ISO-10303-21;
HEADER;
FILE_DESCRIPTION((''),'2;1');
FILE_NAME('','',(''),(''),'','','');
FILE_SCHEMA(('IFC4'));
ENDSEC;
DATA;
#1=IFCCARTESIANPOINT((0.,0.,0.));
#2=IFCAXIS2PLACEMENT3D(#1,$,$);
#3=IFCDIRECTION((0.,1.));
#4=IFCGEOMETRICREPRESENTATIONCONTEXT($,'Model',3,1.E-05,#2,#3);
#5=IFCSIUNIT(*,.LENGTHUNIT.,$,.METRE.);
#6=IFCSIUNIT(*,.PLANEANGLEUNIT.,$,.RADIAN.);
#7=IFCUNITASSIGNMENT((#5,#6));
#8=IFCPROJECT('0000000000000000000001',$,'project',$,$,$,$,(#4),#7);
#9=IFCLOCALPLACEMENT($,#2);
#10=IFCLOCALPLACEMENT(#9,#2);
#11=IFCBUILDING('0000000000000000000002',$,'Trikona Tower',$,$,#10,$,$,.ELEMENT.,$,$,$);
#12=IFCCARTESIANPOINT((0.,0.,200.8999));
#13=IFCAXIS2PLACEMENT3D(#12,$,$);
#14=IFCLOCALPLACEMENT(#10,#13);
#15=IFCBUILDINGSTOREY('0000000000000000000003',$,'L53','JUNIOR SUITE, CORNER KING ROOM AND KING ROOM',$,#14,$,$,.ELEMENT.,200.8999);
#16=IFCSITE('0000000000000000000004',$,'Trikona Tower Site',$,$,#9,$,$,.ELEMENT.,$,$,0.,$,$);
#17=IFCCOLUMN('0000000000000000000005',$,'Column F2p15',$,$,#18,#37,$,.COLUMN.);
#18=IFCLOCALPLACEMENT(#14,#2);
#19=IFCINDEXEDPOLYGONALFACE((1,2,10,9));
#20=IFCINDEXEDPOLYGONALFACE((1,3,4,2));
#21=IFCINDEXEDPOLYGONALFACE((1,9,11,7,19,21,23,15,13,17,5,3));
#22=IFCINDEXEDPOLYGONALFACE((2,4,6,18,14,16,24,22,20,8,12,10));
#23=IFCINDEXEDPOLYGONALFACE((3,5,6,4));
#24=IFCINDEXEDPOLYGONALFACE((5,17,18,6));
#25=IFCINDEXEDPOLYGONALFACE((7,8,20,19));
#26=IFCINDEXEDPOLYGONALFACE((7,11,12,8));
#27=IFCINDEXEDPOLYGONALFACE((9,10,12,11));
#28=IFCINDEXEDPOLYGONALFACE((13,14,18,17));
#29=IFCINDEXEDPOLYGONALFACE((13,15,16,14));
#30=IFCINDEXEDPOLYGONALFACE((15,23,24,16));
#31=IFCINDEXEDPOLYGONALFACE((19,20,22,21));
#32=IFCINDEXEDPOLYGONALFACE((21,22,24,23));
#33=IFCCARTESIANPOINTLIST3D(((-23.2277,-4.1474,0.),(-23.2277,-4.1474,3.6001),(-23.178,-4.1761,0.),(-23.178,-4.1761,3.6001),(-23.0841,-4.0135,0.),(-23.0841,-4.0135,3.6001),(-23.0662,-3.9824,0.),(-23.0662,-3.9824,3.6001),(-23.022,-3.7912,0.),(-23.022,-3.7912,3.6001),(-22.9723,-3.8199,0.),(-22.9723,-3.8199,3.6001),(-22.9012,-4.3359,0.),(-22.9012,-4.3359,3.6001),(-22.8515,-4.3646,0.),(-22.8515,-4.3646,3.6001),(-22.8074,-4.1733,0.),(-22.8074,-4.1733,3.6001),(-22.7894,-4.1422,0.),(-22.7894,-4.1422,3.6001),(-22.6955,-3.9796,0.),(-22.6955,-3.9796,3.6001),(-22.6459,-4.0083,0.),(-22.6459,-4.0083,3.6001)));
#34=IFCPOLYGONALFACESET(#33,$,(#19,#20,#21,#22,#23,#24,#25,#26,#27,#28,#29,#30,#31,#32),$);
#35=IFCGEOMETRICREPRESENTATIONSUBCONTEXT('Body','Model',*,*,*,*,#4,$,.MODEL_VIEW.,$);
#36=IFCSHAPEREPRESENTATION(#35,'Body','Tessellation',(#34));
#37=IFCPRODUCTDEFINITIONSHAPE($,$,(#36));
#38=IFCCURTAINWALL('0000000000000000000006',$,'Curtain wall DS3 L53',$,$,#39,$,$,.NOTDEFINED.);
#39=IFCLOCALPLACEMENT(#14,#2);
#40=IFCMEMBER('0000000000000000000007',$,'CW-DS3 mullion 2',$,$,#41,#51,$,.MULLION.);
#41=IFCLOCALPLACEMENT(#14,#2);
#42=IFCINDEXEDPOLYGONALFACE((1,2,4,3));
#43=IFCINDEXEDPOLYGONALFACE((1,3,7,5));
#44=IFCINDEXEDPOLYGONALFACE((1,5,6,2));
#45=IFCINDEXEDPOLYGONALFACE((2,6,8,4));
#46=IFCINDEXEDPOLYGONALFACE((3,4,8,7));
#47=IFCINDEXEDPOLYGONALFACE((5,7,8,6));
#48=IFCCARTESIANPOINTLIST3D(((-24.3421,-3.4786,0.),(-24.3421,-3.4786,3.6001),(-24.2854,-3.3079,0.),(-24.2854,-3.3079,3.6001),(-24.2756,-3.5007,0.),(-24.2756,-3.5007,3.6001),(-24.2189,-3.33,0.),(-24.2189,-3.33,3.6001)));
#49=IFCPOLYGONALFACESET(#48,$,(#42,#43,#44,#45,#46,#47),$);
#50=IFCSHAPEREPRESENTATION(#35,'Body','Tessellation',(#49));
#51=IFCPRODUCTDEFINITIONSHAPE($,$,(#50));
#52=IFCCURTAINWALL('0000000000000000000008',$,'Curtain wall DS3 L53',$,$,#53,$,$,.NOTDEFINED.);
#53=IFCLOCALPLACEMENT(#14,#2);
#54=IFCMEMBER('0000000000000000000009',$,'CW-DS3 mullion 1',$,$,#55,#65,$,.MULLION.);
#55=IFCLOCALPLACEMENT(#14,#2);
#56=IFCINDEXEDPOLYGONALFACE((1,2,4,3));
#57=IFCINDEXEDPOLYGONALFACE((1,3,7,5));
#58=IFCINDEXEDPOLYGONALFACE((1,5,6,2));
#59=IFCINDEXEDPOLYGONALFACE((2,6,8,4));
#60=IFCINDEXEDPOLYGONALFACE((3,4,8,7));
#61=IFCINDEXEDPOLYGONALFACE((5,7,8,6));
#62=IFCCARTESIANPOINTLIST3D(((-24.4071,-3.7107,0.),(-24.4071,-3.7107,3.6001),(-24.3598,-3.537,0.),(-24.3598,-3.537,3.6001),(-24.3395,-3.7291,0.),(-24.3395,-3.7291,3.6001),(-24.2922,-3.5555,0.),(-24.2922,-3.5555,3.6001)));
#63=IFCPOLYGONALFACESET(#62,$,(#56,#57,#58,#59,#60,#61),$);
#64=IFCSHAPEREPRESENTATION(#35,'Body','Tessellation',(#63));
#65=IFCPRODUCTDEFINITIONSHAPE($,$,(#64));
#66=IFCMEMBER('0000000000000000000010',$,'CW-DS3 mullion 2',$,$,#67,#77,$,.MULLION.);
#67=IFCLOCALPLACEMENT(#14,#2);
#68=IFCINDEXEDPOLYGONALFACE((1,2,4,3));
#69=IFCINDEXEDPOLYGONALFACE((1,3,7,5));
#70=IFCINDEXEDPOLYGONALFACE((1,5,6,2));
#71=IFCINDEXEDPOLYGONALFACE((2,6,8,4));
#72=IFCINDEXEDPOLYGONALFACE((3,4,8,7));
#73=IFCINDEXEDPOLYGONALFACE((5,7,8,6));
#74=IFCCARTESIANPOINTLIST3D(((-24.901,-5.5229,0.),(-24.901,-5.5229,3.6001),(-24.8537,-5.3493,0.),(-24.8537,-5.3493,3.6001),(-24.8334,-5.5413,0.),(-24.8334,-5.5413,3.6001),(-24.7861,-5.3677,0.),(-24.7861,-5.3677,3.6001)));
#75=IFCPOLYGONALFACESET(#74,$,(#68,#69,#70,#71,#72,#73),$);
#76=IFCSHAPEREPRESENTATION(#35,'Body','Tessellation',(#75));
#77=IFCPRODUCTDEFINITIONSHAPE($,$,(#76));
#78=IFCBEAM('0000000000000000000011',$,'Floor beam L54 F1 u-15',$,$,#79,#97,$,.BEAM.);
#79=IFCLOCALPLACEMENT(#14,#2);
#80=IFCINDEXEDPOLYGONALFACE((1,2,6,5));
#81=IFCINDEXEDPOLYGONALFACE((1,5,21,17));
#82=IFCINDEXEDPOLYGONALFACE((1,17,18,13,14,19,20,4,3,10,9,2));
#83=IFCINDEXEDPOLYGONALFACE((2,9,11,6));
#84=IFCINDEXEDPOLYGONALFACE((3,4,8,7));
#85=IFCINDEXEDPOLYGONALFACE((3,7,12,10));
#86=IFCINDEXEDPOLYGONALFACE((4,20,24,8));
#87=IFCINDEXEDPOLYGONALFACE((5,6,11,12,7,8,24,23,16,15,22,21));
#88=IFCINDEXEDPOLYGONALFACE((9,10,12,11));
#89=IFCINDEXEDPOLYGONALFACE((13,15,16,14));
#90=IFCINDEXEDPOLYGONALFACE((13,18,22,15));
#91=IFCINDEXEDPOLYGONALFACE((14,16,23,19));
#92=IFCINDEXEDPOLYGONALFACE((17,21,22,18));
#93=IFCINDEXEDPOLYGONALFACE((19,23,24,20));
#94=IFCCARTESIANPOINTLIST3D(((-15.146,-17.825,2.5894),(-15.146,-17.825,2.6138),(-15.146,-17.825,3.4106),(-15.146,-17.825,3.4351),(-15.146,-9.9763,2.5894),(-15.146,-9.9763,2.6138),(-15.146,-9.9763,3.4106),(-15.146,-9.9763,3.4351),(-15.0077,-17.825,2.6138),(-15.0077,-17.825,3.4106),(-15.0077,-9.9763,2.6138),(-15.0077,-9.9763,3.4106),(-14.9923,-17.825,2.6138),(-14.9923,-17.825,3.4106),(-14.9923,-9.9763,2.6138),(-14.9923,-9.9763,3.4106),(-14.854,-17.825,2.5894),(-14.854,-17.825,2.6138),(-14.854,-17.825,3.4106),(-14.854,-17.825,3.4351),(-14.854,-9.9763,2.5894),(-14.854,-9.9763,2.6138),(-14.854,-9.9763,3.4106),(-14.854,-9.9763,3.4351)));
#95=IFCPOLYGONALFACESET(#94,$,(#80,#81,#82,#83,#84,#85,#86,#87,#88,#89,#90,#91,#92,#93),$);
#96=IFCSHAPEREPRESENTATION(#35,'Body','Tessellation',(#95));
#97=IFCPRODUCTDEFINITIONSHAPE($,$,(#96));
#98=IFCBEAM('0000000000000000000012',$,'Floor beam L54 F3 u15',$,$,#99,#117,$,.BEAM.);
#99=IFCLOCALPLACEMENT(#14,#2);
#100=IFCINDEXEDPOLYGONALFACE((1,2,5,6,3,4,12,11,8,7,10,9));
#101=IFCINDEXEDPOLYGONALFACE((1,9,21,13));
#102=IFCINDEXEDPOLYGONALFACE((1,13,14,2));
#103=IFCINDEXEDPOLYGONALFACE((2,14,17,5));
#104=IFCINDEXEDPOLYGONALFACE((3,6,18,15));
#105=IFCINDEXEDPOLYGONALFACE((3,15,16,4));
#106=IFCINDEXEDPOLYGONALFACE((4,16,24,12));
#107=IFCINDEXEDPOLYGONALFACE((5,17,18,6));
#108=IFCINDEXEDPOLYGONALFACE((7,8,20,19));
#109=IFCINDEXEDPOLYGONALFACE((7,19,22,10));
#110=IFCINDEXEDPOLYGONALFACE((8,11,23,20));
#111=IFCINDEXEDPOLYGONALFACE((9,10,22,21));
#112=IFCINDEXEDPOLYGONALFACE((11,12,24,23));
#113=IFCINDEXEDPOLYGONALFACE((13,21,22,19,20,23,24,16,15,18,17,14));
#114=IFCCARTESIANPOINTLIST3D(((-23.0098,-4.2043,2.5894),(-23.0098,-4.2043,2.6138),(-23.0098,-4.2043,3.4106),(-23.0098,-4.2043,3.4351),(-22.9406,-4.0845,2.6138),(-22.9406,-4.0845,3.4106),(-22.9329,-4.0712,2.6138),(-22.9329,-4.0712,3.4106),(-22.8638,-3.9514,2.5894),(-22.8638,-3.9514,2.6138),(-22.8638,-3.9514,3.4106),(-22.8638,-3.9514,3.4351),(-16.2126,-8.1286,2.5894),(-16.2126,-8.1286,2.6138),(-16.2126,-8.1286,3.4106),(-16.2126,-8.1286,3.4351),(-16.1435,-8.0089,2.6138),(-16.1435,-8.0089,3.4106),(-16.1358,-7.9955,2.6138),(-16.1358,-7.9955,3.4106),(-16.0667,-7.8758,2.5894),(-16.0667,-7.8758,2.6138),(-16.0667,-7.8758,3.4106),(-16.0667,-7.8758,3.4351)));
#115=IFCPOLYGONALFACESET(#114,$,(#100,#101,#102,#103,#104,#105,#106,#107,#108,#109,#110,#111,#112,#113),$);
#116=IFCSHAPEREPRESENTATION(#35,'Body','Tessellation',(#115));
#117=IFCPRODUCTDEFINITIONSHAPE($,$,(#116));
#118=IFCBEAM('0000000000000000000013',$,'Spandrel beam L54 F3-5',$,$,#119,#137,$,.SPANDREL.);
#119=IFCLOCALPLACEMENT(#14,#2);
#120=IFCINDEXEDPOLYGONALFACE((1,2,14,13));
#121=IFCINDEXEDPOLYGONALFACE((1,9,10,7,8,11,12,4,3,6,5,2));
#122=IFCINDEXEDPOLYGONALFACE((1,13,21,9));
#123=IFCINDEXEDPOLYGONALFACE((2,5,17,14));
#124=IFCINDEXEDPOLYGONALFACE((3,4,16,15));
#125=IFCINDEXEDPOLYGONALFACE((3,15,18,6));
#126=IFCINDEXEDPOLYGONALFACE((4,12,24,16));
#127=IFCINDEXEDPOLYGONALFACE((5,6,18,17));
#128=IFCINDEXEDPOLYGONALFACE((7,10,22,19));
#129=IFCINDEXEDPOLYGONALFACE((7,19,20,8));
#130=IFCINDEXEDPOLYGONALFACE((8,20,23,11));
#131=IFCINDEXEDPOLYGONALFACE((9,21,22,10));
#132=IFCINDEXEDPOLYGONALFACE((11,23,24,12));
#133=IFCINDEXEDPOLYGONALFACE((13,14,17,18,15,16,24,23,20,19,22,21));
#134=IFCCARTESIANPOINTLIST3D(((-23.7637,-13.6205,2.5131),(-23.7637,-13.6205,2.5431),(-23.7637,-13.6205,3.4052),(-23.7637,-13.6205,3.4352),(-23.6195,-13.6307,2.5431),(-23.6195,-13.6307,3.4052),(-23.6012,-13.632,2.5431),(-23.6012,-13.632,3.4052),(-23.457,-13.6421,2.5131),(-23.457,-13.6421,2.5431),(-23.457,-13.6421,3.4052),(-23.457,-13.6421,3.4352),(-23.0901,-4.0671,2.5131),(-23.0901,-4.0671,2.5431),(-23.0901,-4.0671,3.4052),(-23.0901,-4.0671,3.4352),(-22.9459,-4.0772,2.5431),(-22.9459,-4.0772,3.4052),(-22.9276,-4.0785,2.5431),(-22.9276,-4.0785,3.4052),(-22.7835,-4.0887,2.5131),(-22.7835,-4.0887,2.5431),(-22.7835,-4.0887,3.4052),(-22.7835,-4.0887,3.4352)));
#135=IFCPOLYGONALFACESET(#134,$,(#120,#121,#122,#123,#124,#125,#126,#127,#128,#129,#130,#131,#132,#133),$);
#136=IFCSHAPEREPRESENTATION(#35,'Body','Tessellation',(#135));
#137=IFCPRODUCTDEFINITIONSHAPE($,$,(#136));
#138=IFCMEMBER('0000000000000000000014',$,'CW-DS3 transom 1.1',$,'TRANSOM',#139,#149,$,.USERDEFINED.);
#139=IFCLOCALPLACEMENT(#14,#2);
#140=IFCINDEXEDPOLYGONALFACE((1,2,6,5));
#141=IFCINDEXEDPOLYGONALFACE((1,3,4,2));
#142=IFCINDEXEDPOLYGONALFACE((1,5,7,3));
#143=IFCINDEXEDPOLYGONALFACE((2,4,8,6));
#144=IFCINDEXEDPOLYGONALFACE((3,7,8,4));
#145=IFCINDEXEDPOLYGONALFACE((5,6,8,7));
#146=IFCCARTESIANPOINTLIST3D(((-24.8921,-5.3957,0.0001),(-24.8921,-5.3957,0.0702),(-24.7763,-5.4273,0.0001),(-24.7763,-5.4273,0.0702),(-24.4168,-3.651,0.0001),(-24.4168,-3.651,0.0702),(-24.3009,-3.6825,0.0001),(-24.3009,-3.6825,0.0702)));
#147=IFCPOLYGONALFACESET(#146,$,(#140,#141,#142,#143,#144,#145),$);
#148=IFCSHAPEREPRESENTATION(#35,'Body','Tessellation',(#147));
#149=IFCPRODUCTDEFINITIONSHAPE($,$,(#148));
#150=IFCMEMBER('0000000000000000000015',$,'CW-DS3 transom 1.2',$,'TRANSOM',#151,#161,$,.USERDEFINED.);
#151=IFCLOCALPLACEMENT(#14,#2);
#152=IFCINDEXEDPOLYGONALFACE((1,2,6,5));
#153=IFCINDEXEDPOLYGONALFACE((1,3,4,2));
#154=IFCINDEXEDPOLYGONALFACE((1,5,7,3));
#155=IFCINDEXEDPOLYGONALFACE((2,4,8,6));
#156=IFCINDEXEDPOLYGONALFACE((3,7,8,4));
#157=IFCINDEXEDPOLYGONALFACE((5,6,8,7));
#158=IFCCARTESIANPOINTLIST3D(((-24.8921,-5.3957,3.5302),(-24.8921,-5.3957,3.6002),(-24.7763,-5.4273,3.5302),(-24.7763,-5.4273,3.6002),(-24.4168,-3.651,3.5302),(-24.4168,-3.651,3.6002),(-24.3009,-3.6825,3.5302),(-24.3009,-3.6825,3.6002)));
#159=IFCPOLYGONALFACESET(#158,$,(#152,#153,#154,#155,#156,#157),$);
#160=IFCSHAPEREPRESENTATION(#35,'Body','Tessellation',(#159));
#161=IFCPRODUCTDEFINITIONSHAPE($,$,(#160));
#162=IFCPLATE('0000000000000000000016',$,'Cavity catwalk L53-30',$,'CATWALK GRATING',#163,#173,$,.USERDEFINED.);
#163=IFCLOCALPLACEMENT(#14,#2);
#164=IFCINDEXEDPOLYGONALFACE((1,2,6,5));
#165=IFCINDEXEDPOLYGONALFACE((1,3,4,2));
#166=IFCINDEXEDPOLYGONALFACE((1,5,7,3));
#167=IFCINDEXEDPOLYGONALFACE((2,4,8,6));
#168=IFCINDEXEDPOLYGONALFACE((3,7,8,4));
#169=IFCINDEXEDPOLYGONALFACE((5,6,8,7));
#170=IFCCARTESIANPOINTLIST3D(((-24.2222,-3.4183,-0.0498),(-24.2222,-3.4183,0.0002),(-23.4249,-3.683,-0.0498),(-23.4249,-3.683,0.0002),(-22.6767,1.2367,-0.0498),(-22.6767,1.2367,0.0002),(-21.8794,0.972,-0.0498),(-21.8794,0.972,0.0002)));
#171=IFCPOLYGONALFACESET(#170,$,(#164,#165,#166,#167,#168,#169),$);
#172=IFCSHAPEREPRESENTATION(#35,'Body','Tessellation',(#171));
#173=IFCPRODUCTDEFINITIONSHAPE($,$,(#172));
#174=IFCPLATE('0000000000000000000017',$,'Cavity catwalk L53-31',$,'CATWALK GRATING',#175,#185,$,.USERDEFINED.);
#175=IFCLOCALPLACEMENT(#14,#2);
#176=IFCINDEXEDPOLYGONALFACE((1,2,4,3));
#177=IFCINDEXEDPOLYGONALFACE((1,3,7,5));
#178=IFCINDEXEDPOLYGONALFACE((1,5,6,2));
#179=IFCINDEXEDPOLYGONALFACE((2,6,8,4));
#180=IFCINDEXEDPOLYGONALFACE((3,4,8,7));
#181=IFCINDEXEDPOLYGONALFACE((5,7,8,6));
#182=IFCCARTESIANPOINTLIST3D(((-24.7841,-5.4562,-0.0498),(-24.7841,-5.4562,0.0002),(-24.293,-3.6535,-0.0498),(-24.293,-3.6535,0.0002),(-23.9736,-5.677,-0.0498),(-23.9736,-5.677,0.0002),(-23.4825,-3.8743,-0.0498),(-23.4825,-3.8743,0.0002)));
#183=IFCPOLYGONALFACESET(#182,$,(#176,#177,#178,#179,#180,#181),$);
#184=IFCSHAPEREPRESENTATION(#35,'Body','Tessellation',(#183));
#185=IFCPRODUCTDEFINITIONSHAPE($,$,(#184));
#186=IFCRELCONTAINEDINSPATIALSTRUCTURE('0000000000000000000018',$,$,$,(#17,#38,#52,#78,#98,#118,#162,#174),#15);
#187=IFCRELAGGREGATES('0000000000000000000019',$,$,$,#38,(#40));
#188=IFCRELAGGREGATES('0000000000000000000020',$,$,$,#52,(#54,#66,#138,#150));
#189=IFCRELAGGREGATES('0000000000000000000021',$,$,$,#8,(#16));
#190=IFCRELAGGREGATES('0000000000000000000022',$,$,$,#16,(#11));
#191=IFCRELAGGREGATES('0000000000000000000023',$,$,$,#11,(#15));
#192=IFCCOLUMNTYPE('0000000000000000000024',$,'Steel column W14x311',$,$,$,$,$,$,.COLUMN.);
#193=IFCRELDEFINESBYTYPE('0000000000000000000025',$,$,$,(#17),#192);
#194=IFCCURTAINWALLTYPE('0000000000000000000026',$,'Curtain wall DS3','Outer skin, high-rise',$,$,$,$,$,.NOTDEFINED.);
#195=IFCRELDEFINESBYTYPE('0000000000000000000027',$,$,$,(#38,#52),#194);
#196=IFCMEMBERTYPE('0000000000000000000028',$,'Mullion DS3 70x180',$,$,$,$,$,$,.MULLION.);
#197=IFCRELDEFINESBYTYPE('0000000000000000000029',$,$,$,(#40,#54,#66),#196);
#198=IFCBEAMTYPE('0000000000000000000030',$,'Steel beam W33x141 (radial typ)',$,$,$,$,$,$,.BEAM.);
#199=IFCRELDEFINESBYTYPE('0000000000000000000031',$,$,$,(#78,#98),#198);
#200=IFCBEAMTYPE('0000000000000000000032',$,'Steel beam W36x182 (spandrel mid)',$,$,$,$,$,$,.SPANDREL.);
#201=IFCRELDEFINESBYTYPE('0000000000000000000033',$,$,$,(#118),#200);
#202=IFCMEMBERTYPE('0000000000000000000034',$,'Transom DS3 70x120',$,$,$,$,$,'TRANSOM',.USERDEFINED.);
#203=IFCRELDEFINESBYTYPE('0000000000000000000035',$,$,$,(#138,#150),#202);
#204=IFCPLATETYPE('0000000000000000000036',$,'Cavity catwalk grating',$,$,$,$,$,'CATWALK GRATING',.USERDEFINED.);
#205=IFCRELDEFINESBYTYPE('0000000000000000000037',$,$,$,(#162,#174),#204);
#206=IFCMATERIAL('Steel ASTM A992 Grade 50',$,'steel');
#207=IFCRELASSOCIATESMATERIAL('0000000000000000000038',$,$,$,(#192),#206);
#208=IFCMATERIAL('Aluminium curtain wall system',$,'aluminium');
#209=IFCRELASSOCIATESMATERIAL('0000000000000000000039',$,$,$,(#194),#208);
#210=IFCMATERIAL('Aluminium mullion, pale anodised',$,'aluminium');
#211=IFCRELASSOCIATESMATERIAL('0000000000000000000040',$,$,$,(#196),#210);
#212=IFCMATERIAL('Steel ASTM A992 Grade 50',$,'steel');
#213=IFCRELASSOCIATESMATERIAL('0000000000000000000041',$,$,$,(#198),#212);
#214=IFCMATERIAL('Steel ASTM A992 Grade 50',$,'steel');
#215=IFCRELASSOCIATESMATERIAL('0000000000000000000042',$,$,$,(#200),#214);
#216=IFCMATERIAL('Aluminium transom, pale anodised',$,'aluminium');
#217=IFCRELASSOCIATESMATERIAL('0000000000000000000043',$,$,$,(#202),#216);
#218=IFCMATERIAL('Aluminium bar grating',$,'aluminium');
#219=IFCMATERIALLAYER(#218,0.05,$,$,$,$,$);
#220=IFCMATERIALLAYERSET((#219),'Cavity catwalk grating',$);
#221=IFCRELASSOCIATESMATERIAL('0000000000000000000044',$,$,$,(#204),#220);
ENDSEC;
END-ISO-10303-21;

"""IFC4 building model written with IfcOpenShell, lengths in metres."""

from ifc_helpers import new_model, si_unit, direction, frame, origin, origin_2d, place, context, subcontext, project, spatial, rectangle, i_section, extrude, material, layer, layer_set, material_profile, profile_set, type_object, element, aggregate, save


model = new_model("IFC4")

# Units and contexts
model_context = context("Model", 3, precision=1e-05, world=origin(), true_north=direction((0.0, 1.0)))
body_context = subcontext(model_context, "Body", "Model", "MODEL_VIEW")
ifc_project = project(units=[si_unit("LENGTHUNIT", "METRE"), si_unit("PLANEANGLEUNIT", "RADIAN")], contexts=[model_context])

# Site, building, storey
site_placement = place(None, origin())
site = spatial("IfcSite", under=ifc_project, at=site_placement, Name="Trikona Tower Site", CompositionType="ELEMENT", RefElevation=0.0)
building_placement = place(site_placement, origin())
building = spatial("IfcBuilding", under=site, at=building_placement, Name="Trikona Tower", CompositionType="ELEMENT")
storey_placement = place(building_placement, frame((0.0, 0.0, 200.8999)))
storey = spatial("IfcBuildingStorey", under=building, at=storey_placement, Name="L53", Description="JUNIOR SUITE, CORNER KING ROOM AND KING ROOM", CompositionType="ELEMENT", Elevation=200.8999)

# Column
ifc_material_1 = material(Name="Steel ASTM A992 Grade 50", Category="steel")
ifc_material_profile_1 = material_profile(ifc_material_1, i_section(OverallWidth=0.4114, OverallDepth=0.4343, WebThickness=0.0359, FlangeThickness=0.0574, at=origin_2d()), Name="W14X311")
ifc_profile_set_1 = profile_set([ifc_material_profile_1], Name="Steel ASTM A992 Grade 50")
column_type = type_object("IfcColumnType", Name="Steel column W14x311", PredefinedType="COLUMN", material=ifc_profile_set_1)
column_placement = place(storey_placement, frame((-22.9368, -4.0779, 0.0), z_axis=(0.0, 0.0, 1.0), x_axis=(-0.5, -0.866025, 0.0)))
element("IfcColumn", 1, at=column_placement, inside=storey, type_object=column_type, Name="Column F2p15", PredefinedType="COLUMN", context=body_context, shape_type="SweptSolid", body=[
    extrude(i_section(OverallWidth=0.4114, OverallDepth=0.4343, WebThickness=0.0359, FlangeThickness=0.0574, at=origin_2d()), origin(), (0.0, 0.0, 1.0), 3.6001),
])

# Curtain wall, member
ifc_material_2 = material(Name="Aluminium curtain wall system", Category="aluminium")
curtain_wall_type = type_object("IfcCurtainWallType", Name="Curtain wall DS3", Description="Outer skin, high-rise", PredefinedType="NOTDEFINED", material=ifc_material_2)
curtain_wall_1_placement = place(storey_placement, origin())
curtain_wall_1 = element("IfcCurtainWall", 2, at=curtain_wall_1_placement, inside=storey, type_object=curtain_wall_type, Name="Curtain wall DS3 L53", PredefinedType="NOTDEFINED")
ifc_material_3 = material(Name="Aluminium mullion, pale anodised", Category="aluminium")
ifc_material_profile_2 = material_profile(ifc_material_3, rectangle(XDim=0.0701, YDim=0.1799, at=origin_2d()), Name="MUL-DS3")
ifc_profile_set_2 = profile_set([ifc_material_profile_2], Name="Aluminium mullion, pale anodised")
member_type_1 = type_object("IfcMemberType", Name="Mullion DS3 70x180", PredefinedType="MULLION", material=ifc_profile_set_2)
member_1_placement = place(storey_placement, frame((-24.2805, -3.4043, 0.0), z_axis=(0.0, 0.0, 1.0), x_axis=(0.949066, -0.315078, 0.0)))
member_1 = element("IfcMember", 3, at=member_1_placement, type_object=member_type_1, Name="CW-DS3 mullion 2", PredefinedType="MULLION", context=body_context, shape_type="SweptSolid", body=[
    extrude(rectangle(XDim=0.0701, YDim=0.1799, at=origin_2d()), origin(), (0.0, 0.0, 1.0), 3.6001),
])
aggregate(curtain_wall_1, [member_1])

# Curtain wall, members
curtain_wall_2_placement = place(storey_placement, origin())
curtain_wall_2 = element("IfcCurtainWall", 4, at=curtain_wall_2_placement, inside=storey, type_object=curtain_wall_type, Name="Curtain wall DS3 L53", PredefinedType="NOTDEFINED")
member_2_placement = place(storey_placement, frame((-24.3496, -3.6331, 0.0), z_axis=(0.0, 0.0, 1.0), x_axis=(0.964838, -0.262844, 0.0)))
member_2 = element("IfcMember", 5, at=member_2_placement, type_object=member_type_1, Name="CW-DS3 mullion 1", PredefinedType="MULLION", context=body_context, shape_type="SweptSolid", body=[
    extrude(rectangle(XDim=0.0701, YDim=0.1799, at=origin_2d()), origin(), (0.0, 0.0, 1.0), 3.6001),
])
member_3_placement = place(storey_placement, frame((-24.8435, -5.4453, 0.0), z_axis=(0.0, 0.0, 1.0), x_axis=(0.964838, -0.262844, 0.0)))
member_3 = element("IfcMember", 6, at=member_3_placement, type_object=member_type_1, Name="CW-DS3 mullion 2", PredefinedType="MULLION", context=body_context, shape_type="SweptSolid", body=[
    extrude(rectangle(XDim=0.0701, YDim=0.1799, at=origin_2d()), origin(), (0.0, 0.0, 1.0), 3.6001),
])

# Beams
ifc_material_4 = material(Name="Steel ASTM A992 Grade 50", Category="steel")
ifc_material_profile_3 = material_profile(ifc_material_4, i_section(OverallWidth=0.292, OverallDepth=0.8457, WebThickness=0.0154, FlangeThickness=0.0244, at=origin_2d()), Name="W33X141")
ifc_profile_set_3 = profile_set([ifc_material_profile_3], Name="Steel ASTM A992 Grade 50")
beam_type_1 = type_object("IfcBeamType", Name="Steel beam W33x141 (radial typ)", PredefinedType="BEAM", material=ifc_profile_set_3)
for number, where, z_axis, x_axis, name in (
    (7, (-15.0, -9.9763, 3.0122), (0.0, -1.0, 0.0), (1.0, 0.0, 0.0), "Floor beam L54 F1 u-15"),
    (8, (-16.1396, -8.0022, 3.0122), (-0.866026, 0.5, 0.0), (-0.5, -0.866026, 0.0), "Floor beam L54 F3 u15"),
):
    element("IfcBeam", number, at=place(storey_placement, frame(where, z_axis=z_axis, x_axis=x_axis)), inside=storey, type_object=beam_type_1, Name=name, PredefinedType="BEAM", context=body_context, shape_type="SweptSolid", body=[
        extrude(i_section(OverallWidth=0.292, OverallDepth=0.8457, WebThickness=0.0154, FlangeThickness=0.0244, at=origin_2d()), origin(), (0.0, 0.0, 1.0), 7.8486),
    ])
ifc_material_5 = material(Name="Steel ASTM A992 Grade 50", Category="steel")
ifc_material_profile_4 = material_profile(ifc_material_5, i_section(OverallWidth=0.3074, OverallDepth=0.9221, WebThickness=0.0183, FlangeThickness=0.03, at=origin_2d()), Name="W36X182")
ifc_profile_set_4 = profile_set([ifc_material_profile_4], Name="Steel ASTM A992 Grade 50")
beam_type_2 = type_object("IfcBeamType", Name="Steel beam W36x182 (spandrel mid)", PredefinedType="SPANDREL", material=ifc_profile_set_4)
beam_placement = place(storey_placement, frame((-22.9368, -4.0779, 2.9741), z_axis=(-0.070332, -0.997524, 0.0), x_axis=(0.997524, -0.070332, 0.0)))
element("IfcBeam", 9, at=beam_placement, inside=storey, type_object=beam_type_2, Name="Spandrel beam L54 F3-5", PredefinedType="SPANDREL", context=body_context, shape_type="SweptSolid", body=[
    extrude(i_section(OverallWidth=0.3074, OverallDepth=0.9221, WebThickness=0.0183, FlangeThickness=0.03, at=origin_2d()), origin(), (0.0, 0.0, 1.0), 9.5771),
])

# Members
ifc_material_6 = material(Name="Aluminium transom, pale anodised", Category="aluminium")
ifc_material_profile_5 = material_profile(ifc_material_6, rectangle(XDim=0.1201, YDim=0.0701, at=origin_2d()), Name="TRN-DS3")
ifc_profile_set_5 = profile_set([ifc_material_profile_5], Name="Aluminium transom, pale anodised")
member_type_2 = type_object("IfcMemberType", Name="Transom DS3 70x120", ElementType="TRANSOM", PredefinedType="USERDEFINED", material=ifc_profile_set_5)
member_4_placement = place(storey_placement, frame((-24.3589, -3.6667, 0.0352), z_axis=(-0.262843, -0.964839, 0.0), x_axis=(0.964839, -0.262843, 0.0)))
member_4 = element("IfcMember", 10, at=member_4_placement, type_object=member_type_2, Name="CW-DS3 transom 1.1", ObjectType="TRANSOM", PredefinedType="USERDEFINED", context=body_context, shape_type="SweptSolid", body=[
    extrude(rectangle(XDim=0.1201, YDim=0.0701, at=origin_2d()), origin(), (0.0, 0.0, 1.0), 1.8083),
])
member_5_placement = place(storey_placement, frame((-24.3589, -3.6667, 3.5652), z_axis=(-0.262843, -0.964839, 0.0), x_axis=(0.964839, -0.262843, 0.0)))
member_5 = element("IfcMember", 11, at=member_5_placement, type_object=member_type_2, Name="CW-DS3 transom 1.2", ObjectType="TRANSOM", PredefinedType="USERDEFINED", context=body_context, shape_type="SweptSolid", body=[
    extrude(rectangle(XDim=0.1201, YDim=0.0701, at=origin_2d()), origin(), (0.0, 0.0, 1.0), 1.8083),
])

# Plates
ifc_material_7 = material(Name="Aluminium bar grating", Category="aluminium")
ifc_layer_1 = layer(ifc_material_7, 0.05)
ifc_layer_set_1 = layer_set([ifc_layer_1], Name="Cavity catwalk grating")
plate_type_1 = type_object("IfcPlateType", Name="Cavity catwalk grating", ElementType="CATWALK GRATING", PredefinedType="USERDEFINED", material=ifc_layer_set_1)
plate_1_placement = place(storey_placement, frame((-23.0508, -1.2231, -0.0498), z_axis=(0.0, 0.0, 1.0), x_axis=(-0.315093, -0.949061, 0.0)))
element("IfcPlate", 12, at=plate_1_placement, inside=storey, type_object=plate_type_1, Name="Cavity catwalk L53-30", ObjectType="CATWALK GRATING", PredefinedType="USERDEFINED", context=body_context, shape_type="SweptSolid", body=[
    extrude(rectangle(XDim=4.9048, YDim=0.8401, at=origin_2d()), origin(), (0.0, 0.0, 1.0), 0.05),
])
plate_2_placement = place(storey_placement, frame((-24.1333, -4.6653, -0.0498), z_axis=(0.0, 0.0, 1.0), x_axis=(-0.262822, -0.964844, 0.0)))
element("IfcPlate", 13, at=plate_2_placement, inside=storey, type_object=plate_type_1, Name="Cavity catwalk L53-31", ObjectType="CATWALK GRATING", PredefinedType="USERDEFINED", context=body_context, shape_type="SweptSolid", body=[
    extrude(rectangle(XDim=1.8684, YDim=0.8401, at=origin_2d()), origin(), (0.0, 0.0, 1.0), 0.05),
])

aggregate(curtain_wall_2, [member_2, member_3, member_4, member_5])

save(model, "model.ifc")
